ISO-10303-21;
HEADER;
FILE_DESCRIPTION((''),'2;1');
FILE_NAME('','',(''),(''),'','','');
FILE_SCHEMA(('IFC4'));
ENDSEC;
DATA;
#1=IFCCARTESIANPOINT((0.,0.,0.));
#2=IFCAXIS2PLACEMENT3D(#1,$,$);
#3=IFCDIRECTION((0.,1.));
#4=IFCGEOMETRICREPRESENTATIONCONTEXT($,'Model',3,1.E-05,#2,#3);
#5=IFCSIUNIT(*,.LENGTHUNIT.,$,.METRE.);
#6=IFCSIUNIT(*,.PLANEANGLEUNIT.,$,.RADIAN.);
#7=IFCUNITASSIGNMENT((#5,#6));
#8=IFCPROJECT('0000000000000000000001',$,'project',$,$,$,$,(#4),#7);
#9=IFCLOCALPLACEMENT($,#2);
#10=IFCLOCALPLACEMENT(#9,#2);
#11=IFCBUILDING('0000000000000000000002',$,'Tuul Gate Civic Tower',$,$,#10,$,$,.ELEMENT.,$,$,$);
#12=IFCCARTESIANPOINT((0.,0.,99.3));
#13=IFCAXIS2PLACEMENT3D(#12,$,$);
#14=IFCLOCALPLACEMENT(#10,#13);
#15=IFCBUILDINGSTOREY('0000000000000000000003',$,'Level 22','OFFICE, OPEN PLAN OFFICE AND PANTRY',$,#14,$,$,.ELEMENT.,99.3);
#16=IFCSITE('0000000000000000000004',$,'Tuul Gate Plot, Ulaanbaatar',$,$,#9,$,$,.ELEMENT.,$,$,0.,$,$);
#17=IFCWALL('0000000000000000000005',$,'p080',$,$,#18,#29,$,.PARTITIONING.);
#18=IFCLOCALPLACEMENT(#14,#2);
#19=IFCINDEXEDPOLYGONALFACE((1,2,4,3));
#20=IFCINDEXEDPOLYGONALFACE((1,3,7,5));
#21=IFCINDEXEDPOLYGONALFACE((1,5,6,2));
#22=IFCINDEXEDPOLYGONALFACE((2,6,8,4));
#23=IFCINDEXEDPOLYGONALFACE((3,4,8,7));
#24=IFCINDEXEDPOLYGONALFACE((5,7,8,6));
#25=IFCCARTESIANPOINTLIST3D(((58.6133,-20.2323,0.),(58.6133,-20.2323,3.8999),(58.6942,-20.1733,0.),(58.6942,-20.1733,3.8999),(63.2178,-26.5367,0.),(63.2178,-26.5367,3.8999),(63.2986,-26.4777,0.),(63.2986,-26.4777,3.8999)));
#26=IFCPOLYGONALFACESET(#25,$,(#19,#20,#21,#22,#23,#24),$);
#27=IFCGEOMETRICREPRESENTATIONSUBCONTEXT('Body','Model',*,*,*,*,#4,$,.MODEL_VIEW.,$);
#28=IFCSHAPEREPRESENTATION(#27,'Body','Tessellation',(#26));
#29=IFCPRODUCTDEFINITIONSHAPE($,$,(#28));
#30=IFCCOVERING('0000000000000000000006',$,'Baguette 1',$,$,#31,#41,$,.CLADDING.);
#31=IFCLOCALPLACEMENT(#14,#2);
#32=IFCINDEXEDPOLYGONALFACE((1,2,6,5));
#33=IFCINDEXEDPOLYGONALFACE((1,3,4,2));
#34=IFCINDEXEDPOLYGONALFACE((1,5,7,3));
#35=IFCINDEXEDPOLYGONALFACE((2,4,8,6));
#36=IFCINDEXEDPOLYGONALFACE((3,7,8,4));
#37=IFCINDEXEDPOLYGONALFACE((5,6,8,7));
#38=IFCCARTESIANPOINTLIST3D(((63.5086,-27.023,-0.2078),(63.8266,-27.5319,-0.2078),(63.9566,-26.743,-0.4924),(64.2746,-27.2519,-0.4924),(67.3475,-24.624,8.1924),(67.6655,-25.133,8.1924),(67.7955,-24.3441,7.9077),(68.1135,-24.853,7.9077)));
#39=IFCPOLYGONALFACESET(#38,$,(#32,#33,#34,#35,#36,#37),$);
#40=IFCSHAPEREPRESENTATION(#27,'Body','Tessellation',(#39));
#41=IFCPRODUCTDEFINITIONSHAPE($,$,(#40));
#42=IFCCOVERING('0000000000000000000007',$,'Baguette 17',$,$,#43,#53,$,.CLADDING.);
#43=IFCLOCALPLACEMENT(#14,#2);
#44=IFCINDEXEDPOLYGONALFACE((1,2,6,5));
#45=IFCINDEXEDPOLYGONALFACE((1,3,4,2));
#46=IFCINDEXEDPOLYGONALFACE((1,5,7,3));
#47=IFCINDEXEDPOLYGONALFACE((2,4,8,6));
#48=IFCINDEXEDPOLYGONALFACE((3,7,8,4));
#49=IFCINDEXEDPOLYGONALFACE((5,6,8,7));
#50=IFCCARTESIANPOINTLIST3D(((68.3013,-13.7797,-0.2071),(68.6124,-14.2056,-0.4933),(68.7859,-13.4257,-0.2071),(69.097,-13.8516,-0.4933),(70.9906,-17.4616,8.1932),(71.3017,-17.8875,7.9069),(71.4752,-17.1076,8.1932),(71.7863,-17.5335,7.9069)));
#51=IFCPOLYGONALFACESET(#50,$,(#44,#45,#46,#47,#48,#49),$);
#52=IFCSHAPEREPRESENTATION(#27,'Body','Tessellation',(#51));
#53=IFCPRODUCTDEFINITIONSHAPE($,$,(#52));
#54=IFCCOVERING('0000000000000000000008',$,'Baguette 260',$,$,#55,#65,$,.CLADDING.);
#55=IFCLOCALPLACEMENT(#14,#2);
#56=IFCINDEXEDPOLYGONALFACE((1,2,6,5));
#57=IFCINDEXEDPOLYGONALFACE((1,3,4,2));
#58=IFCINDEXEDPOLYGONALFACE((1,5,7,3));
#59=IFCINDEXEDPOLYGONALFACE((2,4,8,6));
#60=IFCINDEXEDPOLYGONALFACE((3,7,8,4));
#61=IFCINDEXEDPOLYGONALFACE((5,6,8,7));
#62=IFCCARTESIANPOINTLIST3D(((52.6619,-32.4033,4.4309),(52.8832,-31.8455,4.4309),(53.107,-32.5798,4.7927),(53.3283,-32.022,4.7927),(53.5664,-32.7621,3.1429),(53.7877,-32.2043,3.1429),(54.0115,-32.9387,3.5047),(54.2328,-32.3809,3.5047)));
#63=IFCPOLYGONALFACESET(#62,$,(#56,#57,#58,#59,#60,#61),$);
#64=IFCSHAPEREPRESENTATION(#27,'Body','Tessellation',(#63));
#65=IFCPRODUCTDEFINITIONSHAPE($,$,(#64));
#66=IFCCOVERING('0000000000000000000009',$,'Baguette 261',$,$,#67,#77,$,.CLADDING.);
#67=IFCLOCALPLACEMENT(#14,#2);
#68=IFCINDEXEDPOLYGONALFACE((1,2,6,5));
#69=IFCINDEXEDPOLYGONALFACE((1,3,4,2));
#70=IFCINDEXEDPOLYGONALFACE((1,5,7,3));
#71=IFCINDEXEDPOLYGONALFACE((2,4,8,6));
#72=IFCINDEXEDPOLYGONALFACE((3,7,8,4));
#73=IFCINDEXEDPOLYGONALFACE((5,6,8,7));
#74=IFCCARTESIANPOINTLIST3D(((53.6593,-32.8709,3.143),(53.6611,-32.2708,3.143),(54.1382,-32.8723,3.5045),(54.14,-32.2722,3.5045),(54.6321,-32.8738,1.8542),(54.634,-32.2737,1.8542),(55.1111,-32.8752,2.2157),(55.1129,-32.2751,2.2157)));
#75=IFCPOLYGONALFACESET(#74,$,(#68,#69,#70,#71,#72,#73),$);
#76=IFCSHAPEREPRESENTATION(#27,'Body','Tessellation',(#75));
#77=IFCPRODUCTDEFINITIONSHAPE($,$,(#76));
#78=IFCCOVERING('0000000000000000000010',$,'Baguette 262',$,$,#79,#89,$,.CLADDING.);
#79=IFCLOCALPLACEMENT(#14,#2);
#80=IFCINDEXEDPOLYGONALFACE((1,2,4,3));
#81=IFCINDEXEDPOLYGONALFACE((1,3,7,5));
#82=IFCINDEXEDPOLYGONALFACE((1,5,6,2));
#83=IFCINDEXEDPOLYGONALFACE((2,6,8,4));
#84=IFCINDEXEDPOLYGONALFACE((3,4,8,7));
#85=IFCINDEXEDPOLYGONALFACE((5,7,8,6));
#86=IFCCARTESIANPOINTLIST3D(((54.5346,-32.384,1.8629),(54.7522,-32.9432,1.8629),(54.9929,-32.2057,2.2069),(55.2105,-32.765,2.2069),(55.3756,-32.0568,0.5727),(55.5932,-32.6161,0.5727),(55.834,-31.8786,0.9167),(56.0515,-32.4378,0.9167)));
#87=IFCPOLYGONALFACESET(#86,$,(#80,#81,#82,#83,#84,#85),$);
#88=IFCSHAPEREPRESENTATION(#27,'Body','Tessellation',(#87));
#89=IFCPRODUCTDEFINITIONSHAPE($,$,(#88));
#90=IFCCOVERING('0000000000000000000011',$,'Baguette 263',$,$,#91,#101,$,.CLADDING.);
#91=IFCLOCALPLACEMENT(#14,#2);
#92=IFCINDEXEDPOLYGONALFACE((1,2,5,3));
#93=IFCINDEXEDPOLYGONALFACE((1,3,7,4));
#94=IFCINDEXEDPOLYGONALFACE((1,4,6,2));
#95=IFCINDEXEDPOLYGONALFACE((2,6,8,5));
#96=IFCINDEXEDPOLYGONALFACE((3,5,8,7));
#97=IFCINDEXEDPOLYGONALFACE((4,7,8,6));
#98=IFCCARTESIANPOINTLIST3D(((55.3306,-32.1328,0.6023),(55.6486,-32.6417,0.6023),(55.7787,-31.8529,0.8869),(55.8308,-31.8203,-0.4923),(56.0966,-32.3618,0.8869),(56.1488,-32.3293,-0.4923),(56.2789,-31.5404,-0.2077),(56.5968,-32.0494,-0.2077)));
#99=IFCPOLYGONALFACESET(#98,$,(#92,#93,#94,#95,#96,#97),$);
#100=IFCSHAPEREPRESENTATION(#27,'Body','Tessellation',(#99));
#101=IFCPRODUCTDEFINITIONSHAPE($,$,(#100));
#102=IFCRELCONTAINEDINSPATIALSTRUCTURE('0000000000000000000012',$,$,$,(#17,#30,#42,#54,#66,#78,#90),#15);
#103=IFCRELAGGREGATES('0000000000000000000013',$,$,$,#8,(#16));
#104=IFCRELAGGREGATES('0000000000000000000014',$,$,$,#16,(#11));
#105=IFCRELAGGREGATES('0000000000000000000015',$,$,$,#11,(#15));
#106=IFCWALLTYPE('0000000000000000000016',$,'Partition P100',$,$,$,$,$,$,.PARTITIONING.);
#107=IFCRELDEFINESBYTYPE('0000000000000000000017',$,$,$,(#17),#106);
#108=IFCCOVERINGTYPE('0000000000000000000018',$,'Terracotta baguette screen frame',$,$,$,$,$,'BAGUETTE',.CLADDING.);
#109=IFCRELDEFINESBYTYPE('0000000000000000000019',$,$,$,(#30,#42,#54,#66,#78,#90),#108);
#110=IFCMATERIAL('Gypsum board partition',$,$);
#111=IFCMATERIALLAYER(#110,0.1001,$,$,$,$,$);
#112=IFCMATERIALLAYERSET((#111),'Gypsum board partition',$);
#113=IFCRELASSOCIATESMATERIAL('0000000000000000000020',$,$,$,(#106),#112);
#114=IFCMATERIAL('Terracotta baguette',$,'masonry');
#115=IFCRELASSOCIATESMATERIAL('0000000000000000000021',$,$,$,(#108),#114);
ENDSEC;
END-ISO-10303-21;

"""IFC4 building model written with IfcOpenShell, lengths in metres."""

from ifc_helpers import new_model, si_unit, direction, frame, frame_2d, origin, origin_2d, place, context, subcontext, project, spatial, rectangle, extrude, material, layer, layer_set, material_profile, profile_set, type_object, element, save


model = new_model("IFC4")

# Units and contexts
model_context = context("Model", 3, precision=1e-05, world=origin(), true_north=direction((0.0, 1.0)))
body_context = subcontext(model_context, "Body", "Model", "MODEL_VIEW")
ifc_project = project(units=[si_unit("LENGTHUNIT", "METRE"), si_unit("PLANEANGLEUNIT", "RADIAN")], contexts=[model_context])

# Site, building, storey
site_placement = place(None, origin())
site = spatial("IfcSite", under=ifc_project, at=site_placement, Name="Tuul Gate Plot, Ulaanbaatar", CompositionType="ELEMENT", RefElevation=0.0)
building_placement = place(site_placement, origin())
building = spatial("IfcBuilding", under=site, at=building_placement, Name="Tuul Gate Civic Tower", CompositionType="ELEMENT")
storey_placement = place(building_placement, frame((0.0, 0.0, 99.3)))
storey = spatial("IfcBuildingStorey", under=building, at=storey_placement, Name="Level 22", Description="OFFICE, OPEN PLAN OFFICE AND PANTRY", CompositionType="ELEMENT", Elevation=99.3)

# Wall
ifc_material_1 = material(Name="Gypsum board partition")
ifc_layer_1 = layer(ifc_material_1, 0.1001)
ifc_layer_set_1 = layer_set([ifc_layer_1], Name="Gypsum board partition")
wall_type_1 = type_object("IfcWallType", Name="Partition P100", PredefinedType="PARTITIONING", material=ifc_layer_set_1)
wall_1_placement = place(storey_placement, frame((58.6538, -20.2029, 0.0), z_axis=(0.0, 0.0, 1.0), x_axis=(0.589799, -0.80755, 0.0)))
element("IfcWall", 1, at=wall_1_placement, inside=storey, type_object=wall_type_1, Name="p080", PredefinedType="PARTITIONING", context=body_context, shape_type="SweptSolid", body=[
    extrude(rectangle(XDim=7.8069, YDim=0.1001, at=frame_2d((3.9033, 0.0))), origin(), (0.0, 0.0, 1.0), 3.8999),
])

# Coverings
ifc_material_2 = material(Name="Terracotta baguette", Category="masonry")
ifc_material_profile_1 = material_profile(ifc_material_2, rectangle(XDim=0.6001, YDim=0.6001, at=origin_2d()), Name="Terracotta baguette screen frame")
ifc_profile_set_1 = profile_set([ifc_material_profile_1], Name="Terracotta baguette")
covering_type = type_object("IfcCoveringType", Name="Terracotta baguette screen frame", ElementType="BAGUETTE", PredefinedType="CLADDING", material=ifc_profile_set_1)
covering_1_placement = place(storey_placement, frame((63.8916, -27.1375, -0.3501), z_axis=(0.402303, 0.251401, 0.880312), x_axis=(-0.529941, 0.848035, 0.0)))
element("IfcCovering", 2, at=covering_1_placement, inside=storey, type_object=covering_type, Name="Baguette 1", PredefinedType="CLADDING", context=body_context, shape_type="SweptSolid", body=[
    extrude(rectangle(XDim=0.6001, YDim=0.6001, at=origin_2d()), origin(), (0.0, 0.0, 1.0), 9.5422),
])
covering_2_placement = place(storey_placement, frame((71.3884, -17.4976, 8.05), z_axis=(-0.281364, 0.385225, -0.878883), x_axis=(-0.807537, -0.589817, 0.0)))
element("IfcCovering", 3, at=covering_2_placement, inside=storey, type_object=covering_type, Name="Baguette 17", PredefinedType="CLADDING", context=body_context, shape_type="SweptSolid", body=[
    extrude(rectangle(XDim=0.6001, YDim=0.6001, at=origin_2d()), origin(), (0.0, 0.0, 1.0), 9.5579),
])
covering_3_placement = place(storey_placement, frame((52.9951, -32.2126, 4.6118), z_axis=(0.560309, -0.222309, -0.797892), x_axis=(0.368794, 0.929511, 0.0)))
element("IfcCovering", 4, at=covering_3_placement, inside=storey, type_object=covering_type, Name="Baguette 260", PredefinedType="CLADDING", context=body_context, shape_type="SweptSolid", body=[
    extrude(rectangle(XDim=0.6001, YDim=0.6001, at=origin_2d()), origin(), (0.0, 0.0, 1.0), 1.6143),
])
covering_4_placement = place(storey_placement, frame((53.8997, -32.5715, 3.3237), z_axis=(0.602488, -0.001814, -0.798126), x_axis=(0.003011, 0.999995, 0.0)))
element("IfcCovering", 5, at=covering_4_placement, inside=storey, type_object=covering_type, Name="Baguette 261", PredefinedType="CLADDING", context=body_context, shape_type="SweptSolid", body=[
    extrude(rectangle(XDim=0.6001, YDim=0.6001, at=origin_2d()), origin(), (0.0, 0.0, 1.0), 1.6147),
])
covering_5_placement = place(storey_placement, frame((54.8726, -32.5745, 2.0349), z_axis=(0.534158, 0.207771, -0.819455), x_axis=(-0.362512, 0.931979, 0.0)))
element("IfcCovering", 6, at=covering_5_placement, inside=storey, type_object=covering_type, Name="Baguette 262", PredefinedType="CLADDING", context=body_context, shape_type="SweptSolid", body=[
    extrude(rectangle(XDim=0.6001, YDim=0.6001, at=origin_2d()), origin(), (0.0, 0.0, 1.0), 1.5745),
])
covering_6_placement = place(storey_placement, frame((55.7136, -32.2473, 0.7446), z_axis=(0.402283, 0.251304, -0.880349), x_axis=(-0.529813, 0.848115, 0.0)))
element("IfcCovering", 7, at=covering_6_placement, inside=storey, type_object=covering_type, Name="Baguette 263", PredefinedType="CLADDING", context=body_context, shape_type="SweptSolid", body=[
    extrude(rectangle(XDim=0.6001, YDim=0.6001, at=origin_2d()), origin(), (0.0, 0.0, 1.0), 1.2434),
])

save(model, "model.ifc")
